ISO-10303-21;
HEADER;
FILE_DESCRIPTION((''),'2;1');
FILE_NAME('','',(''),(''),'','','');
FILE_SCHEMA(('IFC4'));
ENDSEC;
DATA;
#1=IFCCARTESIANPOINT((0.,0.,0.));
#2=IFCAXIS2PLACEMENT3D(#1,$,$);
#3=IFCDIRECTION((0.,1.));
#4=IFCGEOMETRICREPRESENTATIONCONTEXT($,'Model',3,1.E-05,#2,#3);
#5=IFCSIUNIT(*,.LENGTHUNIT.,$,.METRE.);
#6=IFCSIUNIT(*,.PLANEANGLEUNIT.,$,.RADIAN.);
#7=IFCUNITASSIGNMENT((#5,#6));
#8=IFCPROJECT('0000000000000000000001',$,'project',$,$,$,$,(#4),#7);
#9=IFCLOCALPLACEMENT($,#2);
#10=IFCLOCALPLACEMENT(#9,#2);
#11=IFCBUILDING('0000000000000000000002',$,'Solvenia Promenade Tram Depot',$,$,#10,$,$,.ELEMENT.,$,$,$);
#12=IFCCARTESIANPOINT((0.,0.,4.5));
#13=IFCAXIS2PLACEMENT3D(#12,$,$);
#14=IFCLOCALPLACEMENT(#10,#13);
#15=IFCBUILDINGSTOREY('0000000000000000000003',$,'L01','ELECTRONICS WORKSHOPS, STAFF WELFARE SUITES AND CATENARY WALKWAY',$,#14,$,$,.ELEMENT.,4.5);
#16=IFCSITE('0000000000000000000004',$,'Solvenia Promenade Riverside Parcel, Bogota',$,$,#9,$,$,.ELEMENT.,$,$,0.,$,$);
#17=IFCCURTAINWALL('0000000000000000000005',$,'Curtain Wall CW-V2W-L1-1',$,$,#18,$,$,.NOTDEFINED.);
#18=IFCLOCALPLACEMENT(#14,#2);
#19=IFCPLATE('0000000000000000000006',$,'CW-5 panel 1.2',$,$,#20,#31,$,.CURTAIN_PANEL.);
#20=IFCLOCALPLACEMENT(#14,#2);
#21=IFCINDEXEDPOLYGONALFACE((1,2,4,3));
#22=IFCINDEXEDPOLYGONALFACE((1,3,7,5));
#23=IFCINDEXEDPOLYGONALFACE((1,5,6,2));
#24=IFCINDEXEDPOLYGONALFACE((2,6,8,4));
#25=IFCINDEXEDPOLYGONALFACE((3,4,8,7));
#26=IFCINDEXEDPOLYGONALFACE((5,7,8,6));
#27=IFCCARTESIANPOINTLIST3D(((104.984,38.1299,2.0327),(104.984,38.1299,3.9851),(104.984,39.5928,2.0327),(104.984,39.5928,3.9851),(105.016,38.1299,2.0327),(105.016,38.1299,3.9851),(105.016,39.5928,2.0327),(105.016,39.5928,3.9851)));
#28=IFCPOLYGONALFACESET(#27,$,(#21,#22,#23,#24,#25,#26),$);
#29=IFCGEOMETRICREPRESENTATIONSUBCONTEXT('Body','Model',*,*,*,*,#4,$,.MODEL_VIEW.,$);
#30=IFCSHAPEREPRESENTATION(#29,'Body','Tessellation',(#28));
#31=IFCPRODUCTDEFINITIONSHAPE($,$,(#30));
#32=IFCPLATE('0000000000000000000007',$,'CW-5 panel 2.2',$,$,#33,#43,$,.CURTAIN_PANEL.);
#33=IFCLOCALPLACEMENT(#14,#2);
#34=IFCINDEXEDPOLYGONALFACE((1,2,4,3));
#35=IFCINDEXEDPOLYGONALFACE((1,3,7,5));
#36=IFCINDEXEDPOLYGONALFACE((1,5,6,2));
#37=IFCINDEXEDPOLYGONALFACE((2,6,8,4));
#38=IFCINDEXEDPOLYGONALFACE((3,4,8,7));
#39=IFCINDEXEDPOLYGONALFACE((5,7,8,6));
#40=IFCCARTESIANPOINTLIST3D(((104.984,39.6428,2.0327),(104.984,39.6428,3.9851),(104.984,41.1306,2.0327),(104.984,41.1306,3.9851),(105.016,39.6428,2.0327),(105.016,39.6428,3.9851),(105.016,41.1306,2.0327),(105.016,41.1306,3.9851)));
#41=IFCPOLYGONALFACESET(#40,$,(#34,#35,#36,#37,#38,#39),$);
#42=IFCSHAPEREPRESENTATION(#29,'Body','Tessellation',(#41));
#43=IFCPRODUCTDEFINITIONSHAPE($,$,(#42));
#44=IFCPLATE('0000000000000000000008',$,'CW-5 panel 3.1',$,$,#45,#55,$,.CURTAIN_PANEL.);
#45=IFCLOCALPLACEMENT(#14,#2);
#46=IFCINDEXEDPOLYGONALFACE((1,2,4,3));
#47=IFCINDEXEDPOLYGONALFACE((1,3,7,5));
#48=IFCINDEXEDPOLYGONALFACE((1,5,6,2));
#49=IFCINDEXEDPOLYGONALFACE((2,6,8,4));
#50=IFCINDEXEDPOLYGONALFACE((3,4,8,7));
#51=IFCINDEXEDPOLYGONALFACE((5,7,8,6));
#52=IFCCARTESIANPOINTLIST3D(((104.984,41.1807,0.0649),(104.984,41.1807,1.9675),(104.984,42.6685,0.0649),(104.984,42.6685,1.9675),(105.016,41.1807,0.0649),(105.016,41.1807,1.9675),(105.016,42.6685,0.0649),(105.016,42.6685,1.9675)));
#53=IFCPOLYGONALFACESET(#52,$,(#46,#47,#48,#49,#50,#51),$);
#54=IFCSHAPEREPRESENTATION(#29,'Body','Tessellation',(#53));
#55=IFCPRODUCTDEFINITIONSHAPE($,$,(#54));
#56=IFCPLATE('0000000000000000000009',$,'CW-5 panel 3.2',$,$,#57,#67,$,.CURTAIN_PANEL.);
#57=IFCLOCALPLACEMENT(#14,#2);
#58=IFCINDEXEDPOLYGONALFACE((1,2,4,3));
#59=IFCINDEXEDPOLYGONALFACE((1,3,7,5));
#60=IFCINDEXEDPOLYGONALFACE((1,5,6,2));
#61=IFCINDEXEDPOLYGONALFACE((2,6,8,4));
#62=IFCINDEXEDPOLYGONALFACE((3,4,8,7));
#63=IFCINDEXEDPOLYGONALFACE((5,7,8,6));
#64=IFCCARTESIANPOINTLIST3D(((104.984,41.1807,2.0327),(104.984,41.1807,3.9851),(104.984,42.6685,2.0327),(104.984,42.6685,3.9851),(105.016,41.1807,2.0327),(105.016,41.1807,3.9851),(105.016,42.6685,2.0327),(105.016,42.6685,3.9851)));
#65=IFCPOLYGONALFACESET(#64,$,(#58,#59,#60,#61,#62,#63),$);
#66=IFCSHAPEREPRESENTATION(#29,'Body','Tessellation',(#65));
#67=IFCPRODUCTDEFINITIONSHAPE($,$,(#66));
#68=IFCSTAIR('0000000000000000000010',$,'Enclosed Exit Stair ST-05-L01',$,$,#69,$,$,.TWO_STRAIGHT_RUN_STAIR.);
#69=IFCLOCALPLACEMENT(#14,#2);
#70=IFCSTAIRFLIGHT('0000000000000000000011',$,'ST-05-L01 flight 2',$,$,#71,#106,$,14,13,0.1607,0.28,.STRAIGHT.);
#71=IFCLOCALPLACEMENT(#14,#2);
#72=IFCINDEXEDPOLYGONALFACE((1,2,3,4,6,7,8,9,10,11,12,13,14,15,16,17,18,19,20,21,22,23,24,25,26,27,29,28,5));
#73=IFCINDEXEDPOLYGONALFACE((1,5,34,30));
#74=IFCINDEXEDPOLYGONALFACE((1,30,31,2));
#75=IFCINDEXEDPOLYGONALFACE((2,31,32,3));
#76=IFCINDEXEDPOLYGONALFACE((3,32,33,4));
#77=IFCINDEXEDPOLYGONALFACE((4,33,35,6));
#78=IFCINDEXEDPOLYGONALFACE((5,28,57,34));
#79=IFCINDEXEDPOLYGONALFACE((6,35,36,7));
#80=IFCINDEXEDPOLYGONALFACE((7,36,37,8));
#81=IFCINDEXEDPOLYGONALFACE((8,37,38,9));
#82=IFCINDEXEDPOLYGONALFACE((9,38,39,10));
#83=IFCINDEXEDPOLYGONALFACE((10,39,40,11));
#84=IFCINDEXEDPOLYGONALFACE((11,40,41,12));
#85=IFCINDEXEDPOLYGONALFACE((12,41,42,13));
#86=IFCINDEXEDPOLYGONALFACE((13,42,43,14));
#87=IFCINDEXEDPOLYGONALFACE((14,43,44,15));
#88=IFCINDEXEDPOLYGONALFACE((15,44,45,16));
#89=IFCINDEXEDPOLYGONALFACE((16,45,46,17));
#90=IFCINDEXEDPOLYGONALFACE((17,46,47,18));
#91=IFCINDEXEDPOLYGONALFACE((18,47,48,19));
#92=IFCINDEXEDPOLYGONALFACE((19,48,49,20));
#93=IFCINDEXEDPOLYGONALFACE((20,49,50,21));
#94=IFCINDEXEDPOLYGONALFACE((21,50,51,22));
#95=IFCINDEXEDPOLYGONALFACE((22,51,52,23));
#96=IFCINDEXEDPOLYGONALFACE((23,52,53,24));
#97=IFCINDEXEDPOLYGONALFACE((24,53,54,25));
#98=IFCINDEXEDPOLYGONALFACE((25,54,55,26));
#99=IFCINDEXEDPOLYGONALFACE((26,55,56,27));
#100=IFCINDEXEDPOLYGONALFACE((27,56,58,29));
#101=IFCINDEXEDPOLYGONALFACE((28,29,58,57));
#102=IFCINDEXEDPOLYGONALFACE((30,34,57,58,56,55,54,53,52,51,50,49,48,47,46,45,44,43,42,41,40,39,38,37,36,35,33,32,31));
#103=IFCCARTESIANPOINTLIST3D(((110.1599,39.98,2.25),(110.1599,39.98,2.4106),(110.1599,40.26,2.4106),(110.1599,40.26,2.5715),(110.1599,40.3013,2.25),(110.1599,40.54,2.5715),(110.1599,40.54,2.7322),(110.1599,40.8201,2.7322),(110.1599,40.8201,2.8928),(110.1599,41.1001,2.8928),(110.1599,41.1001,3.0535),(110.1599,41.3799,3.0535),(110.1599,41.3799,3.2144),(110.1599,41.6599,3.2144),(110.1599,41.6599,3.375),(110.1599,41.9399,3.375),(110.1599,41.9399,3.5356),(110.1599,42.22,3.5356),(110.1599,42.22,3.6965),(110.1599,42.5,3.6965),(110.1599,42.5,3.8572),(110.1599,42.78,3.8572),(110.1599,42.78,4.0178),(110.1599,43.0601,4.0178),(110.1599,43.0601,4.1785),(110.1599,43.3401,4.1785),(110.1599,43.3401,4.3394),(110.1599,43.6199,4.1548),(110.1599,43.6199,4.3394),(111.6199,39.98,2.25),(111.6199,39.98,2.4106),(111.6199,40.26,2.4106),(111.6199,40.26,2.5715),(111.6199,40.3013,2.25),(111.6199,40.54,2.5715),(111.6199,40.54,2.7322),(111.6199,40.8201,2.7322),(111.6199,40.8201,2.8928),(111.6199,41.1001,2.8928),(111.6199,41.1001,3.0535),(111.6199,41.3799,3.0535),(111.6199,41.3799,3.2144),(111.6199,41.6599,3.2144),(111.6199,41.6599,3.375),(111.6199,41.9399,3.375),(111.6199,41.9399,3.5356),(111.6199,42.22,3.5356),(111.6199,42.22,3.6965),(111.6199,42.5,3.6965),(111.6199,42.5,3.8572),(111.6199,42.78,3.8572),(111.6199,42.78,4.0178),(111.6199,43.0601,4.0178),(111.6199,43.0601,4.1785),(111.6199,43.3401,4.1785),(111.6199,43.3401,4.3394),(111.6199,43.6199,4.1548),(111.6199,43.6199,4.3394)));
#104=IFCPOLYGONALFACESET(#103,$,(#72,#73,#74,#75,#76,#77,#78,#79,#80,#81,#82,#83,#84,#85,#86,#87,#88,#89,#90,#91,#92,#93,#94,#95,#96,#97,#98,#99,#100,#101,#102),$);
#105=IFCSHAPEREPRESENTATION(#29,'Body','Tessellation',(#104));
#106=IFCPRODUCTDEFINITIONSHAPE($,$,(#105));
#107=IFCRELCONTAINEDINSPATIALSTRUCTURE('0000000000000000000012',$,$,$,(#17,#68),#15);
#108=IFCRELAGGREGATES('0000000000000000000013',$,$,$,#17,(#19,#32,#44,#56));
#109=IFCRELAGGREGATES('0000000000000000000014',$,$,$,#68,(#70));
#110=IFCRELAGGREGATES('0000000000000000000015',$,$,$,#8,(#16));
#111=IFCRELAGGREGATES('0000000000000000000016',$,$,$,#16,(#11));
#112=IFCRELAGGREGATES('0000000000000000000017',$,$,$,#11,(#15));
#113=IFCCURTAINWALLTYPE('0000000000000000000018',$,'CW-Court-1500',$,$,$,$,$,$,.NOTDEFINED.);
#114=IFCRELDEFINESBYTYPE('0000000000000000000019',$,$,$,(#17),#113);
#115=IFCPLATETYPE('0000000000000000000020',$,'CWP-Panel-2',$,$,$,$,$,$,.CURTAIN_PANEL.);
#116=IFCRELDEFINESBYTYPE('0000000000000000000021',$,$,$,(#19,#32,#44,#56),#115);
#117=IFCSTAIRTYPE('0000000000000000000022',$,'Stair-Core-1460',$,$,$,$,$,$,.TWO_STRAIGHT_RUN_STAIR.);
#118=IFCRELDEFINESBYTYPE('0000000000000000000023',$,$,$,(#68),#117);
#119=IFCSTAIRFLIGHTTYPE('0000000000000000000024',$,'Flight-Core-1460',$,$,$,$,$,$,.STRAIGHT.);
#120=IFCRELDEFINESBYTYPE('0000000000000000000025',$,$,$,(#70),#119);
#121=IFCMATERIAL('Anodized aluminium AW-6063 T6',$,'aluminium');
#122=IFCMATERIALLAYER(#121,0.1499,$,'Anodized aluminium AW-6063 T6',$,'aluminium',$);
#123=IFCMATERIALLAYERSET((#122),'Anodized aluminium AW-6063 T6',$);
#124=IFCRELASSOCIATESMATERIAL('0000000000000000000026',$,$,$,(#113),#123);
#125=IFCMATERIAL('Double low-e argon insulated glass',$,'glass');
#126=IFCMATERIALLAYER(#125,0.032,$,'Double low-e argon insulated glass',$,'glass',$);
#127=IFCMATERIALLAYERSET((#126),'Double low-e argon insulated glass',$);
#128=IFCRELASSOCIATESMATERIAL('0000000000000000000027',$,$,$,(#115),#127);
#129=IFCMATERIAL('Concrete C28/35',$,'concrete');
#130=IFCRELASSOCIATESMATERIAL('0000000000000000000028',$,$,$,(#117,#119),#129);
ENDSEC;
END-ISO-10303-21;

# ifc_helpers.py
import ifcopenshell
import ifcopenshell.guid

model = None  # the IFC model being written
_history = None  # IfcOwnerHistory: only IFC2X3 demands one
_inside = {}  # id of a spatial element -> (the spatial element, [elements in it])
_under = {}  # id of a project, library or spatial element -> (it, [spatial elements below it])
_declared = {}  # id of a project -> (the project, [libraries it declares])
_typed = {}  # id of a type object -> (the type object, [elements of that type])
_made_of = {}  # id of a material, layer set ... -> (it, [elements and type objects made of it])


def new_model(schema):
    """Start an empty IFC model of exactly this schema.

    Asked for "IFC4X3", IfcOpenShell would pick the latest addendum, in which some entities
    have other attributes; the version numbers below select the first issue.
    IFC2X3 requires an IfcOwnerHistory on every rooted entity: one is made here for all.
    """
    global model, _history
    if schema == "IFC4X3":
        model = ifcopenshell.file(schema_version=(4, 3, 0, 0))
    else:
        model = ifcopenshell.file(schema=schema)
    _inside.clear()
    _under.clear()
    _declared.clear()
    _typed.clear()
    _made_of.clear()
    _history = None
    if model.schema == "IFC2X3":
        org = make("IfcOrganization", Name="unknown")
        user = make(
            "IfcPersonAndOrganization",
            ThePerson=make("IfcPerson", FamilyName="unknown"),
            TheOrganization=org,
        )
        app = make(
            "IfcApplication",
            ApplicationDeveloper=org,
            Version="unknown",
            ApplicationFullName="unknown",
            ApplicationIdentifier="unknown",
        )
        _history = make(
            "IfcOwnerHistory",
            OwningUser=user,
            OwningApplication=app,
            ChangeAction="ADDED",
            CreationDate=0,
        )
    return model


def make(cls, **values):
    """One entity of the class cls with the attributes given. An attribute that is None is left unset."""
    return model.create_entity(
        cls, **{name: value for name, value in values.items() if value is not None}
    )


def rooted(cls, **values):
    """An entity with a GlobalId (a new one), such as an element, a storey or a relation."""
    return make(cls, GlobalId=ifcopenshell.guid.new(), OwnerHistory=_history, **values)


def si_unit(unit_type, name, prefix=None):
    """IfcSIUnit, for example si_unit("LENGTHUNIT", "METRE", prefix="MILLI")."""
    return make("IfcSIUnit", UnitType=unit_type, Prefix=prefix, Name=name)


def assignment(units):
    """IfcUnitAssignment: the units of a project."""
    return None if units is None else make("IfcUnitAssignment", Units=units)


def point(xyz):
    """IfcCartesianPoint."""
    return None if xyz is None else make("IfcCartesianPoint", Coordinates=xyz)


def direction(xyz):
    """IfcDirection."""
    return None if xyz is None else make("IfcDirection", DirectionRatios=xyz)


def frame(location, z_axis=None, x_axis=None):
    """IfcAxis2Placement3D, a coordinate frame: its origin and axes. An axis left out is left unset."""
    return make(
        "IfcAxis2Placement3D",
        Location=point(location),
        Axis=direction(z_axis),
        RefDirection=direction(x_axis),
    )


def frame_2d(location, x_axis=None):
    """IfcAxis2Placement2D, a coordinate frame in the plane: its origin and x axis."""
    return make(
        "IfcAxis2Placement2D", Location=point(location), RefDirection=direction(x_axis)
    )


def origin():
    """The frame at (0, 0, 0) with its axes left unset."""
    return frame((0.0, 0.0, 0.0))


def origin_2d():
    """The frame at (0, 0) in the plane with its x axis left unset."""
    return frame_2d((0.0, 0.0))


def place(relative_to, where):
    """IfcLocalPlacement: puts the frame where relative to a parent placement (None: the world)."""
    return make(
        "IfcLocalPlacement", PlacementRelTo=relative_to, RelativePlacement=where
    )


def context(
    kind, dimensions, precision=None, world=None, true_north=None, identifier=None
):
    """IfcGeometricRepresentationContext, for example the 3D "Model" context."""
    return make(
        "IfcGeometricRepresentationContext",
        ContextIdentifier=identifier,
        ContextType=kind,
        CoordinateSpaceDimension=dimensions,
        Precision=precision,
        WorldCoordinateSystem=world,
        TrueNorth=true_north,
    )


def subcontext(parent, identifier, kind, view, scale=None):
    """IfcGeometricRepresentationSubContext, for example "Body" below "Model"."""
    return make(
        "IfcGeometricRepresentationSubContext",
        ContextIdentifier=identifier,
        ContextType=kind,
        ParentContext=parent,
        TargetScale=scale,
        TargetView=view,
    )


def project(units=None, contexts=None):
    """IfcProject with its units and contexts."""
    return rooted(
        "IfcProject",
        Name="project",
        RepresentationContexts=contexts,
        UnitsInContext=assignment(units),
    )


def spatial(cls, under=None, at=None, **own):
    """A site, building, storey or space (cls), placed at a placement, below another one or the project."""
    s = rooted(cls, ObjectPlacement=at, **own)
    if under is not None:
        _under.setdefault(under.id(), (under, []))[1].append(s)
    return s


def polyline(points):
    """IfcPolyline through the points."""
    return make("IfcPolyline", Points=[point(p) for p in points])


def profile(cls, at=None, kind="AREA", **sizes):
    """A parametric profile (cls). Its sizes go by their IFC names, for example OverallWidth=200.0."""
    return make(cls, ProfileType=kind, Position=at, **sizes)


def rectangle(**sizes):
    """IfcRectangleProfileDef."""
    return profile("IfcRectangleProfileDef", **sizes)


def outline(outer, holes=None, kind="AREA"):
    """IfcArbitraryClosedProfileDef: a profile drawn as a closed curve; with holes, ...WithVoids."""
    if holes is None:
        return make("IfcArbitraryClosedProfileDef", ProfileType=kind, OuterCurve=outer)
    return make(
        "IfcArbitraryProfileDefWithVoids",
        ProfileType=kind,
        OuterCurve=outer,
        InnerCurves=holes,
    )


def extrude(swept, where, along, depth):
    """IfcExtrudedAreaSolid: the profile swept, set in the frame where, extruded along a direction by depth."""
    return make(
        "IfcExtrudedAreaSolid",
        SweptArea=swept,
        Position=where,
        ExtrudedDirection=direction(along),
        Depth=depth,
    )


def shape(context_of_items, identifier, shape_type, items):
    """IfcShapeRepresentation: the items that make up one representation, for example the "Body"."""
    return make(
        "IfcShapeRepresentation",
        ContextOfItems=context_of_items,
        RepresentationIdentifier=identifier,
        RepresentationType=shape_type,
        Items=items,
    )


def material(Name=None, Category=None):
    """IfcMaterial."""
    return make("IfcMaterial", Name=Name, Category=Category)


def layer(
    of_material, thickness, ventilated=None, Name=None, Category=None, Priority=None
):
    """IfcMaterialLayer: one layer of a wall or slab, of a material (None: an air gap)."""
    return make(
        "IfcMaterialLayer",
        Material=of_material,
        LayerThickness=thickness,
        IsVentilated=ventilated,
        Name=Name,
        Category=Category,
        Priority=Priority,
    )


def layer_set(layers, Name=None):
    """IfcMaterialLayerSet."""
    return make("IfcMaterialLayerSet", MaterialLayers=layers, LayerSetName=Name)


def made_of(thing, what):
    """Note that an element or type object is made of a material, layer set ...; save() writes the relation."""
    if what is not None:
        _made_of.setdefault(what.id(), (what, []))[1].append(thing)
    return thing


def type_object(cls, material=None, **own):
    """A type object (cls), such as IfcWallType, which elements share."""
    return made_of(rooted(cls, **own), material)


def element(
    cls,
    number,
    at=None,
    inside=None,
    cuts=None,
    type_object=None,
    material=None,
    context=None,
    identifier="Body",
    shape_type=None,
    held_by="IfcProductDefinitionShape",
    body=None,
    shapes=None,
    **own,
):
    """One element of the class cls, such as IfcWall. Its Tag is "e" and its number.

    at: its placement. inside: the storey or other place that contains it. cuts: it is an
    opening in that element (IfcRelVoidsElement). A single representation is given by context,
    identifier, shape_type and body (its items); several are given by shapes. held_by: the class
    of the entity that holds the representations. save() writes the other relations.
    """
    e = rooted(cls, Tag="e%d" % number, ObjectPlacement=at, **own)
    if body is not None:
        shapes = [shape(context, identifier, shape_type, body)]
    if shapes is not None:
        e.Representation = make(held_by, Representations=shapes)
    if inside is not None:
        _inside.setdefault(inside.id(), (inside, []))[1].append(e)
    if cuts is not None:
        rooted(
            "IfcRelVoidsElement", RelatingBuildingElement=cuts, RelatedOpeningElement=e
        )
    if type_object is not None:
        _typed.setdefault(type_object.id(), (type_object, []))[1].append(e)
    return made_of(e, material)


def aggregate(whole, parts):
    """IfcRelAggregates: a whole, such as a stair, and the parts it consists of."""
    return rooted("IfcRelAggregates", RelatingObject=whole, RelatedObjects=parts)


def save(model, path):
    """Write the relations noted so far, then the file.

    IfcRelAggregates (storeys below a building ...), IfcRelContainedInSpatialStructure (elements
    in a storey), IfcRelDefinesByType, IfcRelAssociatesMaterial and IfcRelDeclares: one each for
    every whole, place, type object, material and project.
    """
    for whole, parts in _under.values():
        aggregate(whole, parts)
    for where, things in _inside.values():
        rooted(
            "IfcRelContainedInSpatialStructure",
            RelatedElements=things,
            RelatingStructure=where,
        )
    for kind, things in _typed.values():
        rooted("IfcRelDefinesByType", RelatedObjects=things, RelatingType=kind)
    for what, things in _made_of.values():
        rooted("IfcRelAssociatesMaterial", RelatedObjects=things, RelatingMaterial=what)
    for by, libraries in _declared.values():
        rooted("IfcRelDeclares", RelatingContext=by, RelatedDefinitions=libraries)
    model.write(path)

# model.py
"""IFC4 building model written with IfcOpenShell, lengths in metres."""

from ifc_helpers import new_model, si_unit, direction, frame, origin, origin_2d, place, context, subcontext, project, spatial, polyline, rectangle, outline, extrude, material, layer, layer_set, type_object, element, aggregate, save


model = new_model("IFC4")

# Units and contexts
model_context = context("Model", 3, precision=1e-05, world=origin(), true_north=direction((0.0, 1.0)))
body_context = subcontext(model_context, "Body", "Model", "MODEL_VIEW")
ifc_project = project(units=[si_unit("LENGTHUNIT", "METRE"), si_unit("PLANEANGLEUNIT", "RADIAN")], contexts=[model_context])

# Site, building, storey
site_placement = place(None, origin())
site = spatial("IfcSite", under=ifc_project, at=site_placement, Name="Solvenia Promenade Riverside Parcel, Bogota", CompositionType="ELEMENT", RefElevation=0.0)
building_placement = place(site_placement, origin())
building = spatial("IfcBuilding", under=site, at=building_placement, Name="Solvenia Promenade Tram Depot", CompositionType="ELEMENT")
storey_placement = place(building_placement, frame((0.0, 0.0, 4.5)))
storey = spatial("IfcBuildingStorey", under=building, at=storey_placement, Name="L01", Description="ELECTRONICS WORKSHOPS, STAFF WELFARE SUITES AND CATENARY WALKWAY", CompositionType="ELEMENT", Elevation=4.5)

# Curtain wall
ifc_material_1 = material(Name="Anodized aluminium AW-6063 T6", Category="aluminium")
ifc_layer_1 = layer(ifc_material_1, 0.1499, Name="Anodized aluminium AW-6063 T6", Category="aluminium")
ifc_layer_set_1 = layer_set([ifc_layer_1], Name="Anodized aluminium AW-6063 T6")
curtain_wall_type_1 = type_object("IfcCurtainWallType", Name="CW-Court-1500", PredefinedType="NOTDEFINED", material=ifc_layer_set_1)
curtain_wall_1_placement = place(storey_placement, origin())
curtain_wall_1 = element("IfcCurtainWall", 1, at=curtain_wall_1_placement, inside=storey, type_object=curtain_wall_type_1, Name="Curtain Wall CW-V2W-L1-1", PredefinedType="NOTDEFINED")

# Plates
ifc_material_2 = material(Name="Double low-e argon insulated glass", Category="glass")
ifc_layer_2 = layer(ifc_material_2, 0.032, Name="Double low-e argon insulated glass", Category="glass")
ifc_layer_set_2 = layer_set([ifc_layer_2], Name="Double low-e argon insulated glass")
plate_type = type_object("IfcPlateType", Name="CWP-Panel-2", PredefinedType="CURTAIN_PANEL", material=ifc_layer_set_2)
plate_1_placement = place(storey_placement, frame((105.0, 38.8613, 2.0327), z_axis=(0.0, 0.0, 1.0), x_axis=(0.0, 1.0, 0.0)))
plate_1 = element("IfcPlate", 2, at=plate_1_placement, type_object=plate_type, Name="CW-5 panel 1.2", PredefinedType="CURTAIN_PANEL", context=body_context, shape_type="SweptSolid", body=[
    extrude(rectangle(XDim=1.4629, YDim=0.032, at=origin_2d()), origin(), (0.0, 0.0, 1.0), 1.9524),
])
plate_2_placement = place(storey_placement, frame((105.0, 40.3867, 2.0327), z_axis=(0.0, 0.0, 1.0), x_axis=(0.0, 1.0, 0.0)))
plate_2 = element("IfcPlate", 3, at=plate_2_placement, type_object=plate_type, Name="CW-5 panel 2.2", PredefinedType="CURTAIN_PANEL", context=body_context, shape_type="SweptSolid", body=[
    extrude(rectangle(XDim=1.4878, YDim=0.032, at=origin_2d()), origin(), (0.0, 0.0, 1.0), 1.9524),
])
plate_3_placement = place(storey_placement, frame((105.0, 41.9246, 0.0649), z_axis=(0.0, 0.0, 1.0), x_axis=(0.0, 1.0, 0.0)))
plate_3 = element("IfcPlate", 4, at=plate_3_placement, type_object=plate_type, Name="CW-5 panel 3.1", PredefinedType="CURTAIN_PANEL", context=body_context, shape_type="SweptSolid", body=[
    extrude(rectangle(XDim=1.4878, YDim=0.032, at=origin_2d()), origin(), (0.0, 0.0, 1.0), 1.9026),
])
plate_4_placement = place(storey_placement, frame((105.0, 41.9246, 2.0327), z_axis=(0.0, 0.0, 1.0), x_axis=(0.0, 1.0, 0.0)))
plate_4 = element("IfcPlate", 5, at=plate_4_placement, type_object=plate_type, Name="CW-5 panel 3.2", PredefinedType="CURTAIN_PANEL", context=body_context, shape_type="SweptSolid", body=[
    extrude(rectangle(XDim=1.4878, YDim=0.032, at=origin_2d()), origin(), (0.0, 0.0, 1.0), 1.9524),
])
aggregate(curtain_wall_1, [plate_1, plate_2, plate_3, plate_4])

# Stair, stair flight
ifc_material_3 = material(Name="Concrete C28/35", Category="concrete")
stair_type = type_object("IfcStairType", Name="Stair-Core-1460", PredefinedType="TWO_STRAIGHT_RUN_STAIR", material=ifc_material_3)
stair_placement = place(storey_placement, origin())
stair = element("IfcStair", 6, at=stair_placement, inside=storey, type_object=stair_type, Name="Enclosed Exit Stair ST-05-L01", PredefinedType="TWO_STRAIGHT_RUN_STAIR")
stair_flight_type = type_object("IfcStairFlightType", Name="Flight-Core-1460", PredefinedType="STRAIGHT", material=ifc_material_3)
stair_flight_placement = place(storey_placement, frame((110.8899, 39.98, 2.25), z_axis=(0.0, 0.0, 1.0), x_axis=(0.0, 1.0, 0.0)))
stair_flight = element("IfcStairFlight", 7, at=stair_flight_placement, type_object=stair_flight_type, Name="ST-05-L01 flight 2", NumberOfRisers=14, NumberOfTreads=13, PredefinedType="STRAIGHT", RiserHeight=0.1607, TreadLength=0.28, context=body_context, shape_type="SweptSolid", body=[
    extrude(outline(polyline([(0.0, 0.0), (0.0, 0.1606), (0.28, 0.1606), (0.28, 0.3215), (0.5601, 0.3215), (0.5601, 0.4822), (0.8401, 0.4822), (0.8401, 0.6428), (1.1201, 0.6428), (1.1201, 0.8035), (1.3999, 0.8035), (1.3999, 0.9644), (1.6799, 0.9644), (1.6799, 1.125), (1.96, 1.125), (1.96, 1.2856), (2.24, 1.2856), (2.24, 1.4465), (2.52, 1.4465), (2.52, 1.6072), (2.8, 1.6072), (2.8, 1.7678), (3.0801, 1.7678), (3.0801, 1.9285), (3.3601, 1.9285), (3.3601, 2.0894), (3.6399, 2.0894), (3.6399, 2.25), (3.6399, 1.9048), (0.3213, 0.0), (0.0, 0.0)])), frame((0.0, 0.73, 0.0), z_axis=(0.0, -1.0, 0.0), x_axis=(1.0, 0.0, 0.0)), (0.0, 0.0, 1.0), 1.46),
])
aggregate(stair, [stair_flight])

save(model, "model.ifc")
